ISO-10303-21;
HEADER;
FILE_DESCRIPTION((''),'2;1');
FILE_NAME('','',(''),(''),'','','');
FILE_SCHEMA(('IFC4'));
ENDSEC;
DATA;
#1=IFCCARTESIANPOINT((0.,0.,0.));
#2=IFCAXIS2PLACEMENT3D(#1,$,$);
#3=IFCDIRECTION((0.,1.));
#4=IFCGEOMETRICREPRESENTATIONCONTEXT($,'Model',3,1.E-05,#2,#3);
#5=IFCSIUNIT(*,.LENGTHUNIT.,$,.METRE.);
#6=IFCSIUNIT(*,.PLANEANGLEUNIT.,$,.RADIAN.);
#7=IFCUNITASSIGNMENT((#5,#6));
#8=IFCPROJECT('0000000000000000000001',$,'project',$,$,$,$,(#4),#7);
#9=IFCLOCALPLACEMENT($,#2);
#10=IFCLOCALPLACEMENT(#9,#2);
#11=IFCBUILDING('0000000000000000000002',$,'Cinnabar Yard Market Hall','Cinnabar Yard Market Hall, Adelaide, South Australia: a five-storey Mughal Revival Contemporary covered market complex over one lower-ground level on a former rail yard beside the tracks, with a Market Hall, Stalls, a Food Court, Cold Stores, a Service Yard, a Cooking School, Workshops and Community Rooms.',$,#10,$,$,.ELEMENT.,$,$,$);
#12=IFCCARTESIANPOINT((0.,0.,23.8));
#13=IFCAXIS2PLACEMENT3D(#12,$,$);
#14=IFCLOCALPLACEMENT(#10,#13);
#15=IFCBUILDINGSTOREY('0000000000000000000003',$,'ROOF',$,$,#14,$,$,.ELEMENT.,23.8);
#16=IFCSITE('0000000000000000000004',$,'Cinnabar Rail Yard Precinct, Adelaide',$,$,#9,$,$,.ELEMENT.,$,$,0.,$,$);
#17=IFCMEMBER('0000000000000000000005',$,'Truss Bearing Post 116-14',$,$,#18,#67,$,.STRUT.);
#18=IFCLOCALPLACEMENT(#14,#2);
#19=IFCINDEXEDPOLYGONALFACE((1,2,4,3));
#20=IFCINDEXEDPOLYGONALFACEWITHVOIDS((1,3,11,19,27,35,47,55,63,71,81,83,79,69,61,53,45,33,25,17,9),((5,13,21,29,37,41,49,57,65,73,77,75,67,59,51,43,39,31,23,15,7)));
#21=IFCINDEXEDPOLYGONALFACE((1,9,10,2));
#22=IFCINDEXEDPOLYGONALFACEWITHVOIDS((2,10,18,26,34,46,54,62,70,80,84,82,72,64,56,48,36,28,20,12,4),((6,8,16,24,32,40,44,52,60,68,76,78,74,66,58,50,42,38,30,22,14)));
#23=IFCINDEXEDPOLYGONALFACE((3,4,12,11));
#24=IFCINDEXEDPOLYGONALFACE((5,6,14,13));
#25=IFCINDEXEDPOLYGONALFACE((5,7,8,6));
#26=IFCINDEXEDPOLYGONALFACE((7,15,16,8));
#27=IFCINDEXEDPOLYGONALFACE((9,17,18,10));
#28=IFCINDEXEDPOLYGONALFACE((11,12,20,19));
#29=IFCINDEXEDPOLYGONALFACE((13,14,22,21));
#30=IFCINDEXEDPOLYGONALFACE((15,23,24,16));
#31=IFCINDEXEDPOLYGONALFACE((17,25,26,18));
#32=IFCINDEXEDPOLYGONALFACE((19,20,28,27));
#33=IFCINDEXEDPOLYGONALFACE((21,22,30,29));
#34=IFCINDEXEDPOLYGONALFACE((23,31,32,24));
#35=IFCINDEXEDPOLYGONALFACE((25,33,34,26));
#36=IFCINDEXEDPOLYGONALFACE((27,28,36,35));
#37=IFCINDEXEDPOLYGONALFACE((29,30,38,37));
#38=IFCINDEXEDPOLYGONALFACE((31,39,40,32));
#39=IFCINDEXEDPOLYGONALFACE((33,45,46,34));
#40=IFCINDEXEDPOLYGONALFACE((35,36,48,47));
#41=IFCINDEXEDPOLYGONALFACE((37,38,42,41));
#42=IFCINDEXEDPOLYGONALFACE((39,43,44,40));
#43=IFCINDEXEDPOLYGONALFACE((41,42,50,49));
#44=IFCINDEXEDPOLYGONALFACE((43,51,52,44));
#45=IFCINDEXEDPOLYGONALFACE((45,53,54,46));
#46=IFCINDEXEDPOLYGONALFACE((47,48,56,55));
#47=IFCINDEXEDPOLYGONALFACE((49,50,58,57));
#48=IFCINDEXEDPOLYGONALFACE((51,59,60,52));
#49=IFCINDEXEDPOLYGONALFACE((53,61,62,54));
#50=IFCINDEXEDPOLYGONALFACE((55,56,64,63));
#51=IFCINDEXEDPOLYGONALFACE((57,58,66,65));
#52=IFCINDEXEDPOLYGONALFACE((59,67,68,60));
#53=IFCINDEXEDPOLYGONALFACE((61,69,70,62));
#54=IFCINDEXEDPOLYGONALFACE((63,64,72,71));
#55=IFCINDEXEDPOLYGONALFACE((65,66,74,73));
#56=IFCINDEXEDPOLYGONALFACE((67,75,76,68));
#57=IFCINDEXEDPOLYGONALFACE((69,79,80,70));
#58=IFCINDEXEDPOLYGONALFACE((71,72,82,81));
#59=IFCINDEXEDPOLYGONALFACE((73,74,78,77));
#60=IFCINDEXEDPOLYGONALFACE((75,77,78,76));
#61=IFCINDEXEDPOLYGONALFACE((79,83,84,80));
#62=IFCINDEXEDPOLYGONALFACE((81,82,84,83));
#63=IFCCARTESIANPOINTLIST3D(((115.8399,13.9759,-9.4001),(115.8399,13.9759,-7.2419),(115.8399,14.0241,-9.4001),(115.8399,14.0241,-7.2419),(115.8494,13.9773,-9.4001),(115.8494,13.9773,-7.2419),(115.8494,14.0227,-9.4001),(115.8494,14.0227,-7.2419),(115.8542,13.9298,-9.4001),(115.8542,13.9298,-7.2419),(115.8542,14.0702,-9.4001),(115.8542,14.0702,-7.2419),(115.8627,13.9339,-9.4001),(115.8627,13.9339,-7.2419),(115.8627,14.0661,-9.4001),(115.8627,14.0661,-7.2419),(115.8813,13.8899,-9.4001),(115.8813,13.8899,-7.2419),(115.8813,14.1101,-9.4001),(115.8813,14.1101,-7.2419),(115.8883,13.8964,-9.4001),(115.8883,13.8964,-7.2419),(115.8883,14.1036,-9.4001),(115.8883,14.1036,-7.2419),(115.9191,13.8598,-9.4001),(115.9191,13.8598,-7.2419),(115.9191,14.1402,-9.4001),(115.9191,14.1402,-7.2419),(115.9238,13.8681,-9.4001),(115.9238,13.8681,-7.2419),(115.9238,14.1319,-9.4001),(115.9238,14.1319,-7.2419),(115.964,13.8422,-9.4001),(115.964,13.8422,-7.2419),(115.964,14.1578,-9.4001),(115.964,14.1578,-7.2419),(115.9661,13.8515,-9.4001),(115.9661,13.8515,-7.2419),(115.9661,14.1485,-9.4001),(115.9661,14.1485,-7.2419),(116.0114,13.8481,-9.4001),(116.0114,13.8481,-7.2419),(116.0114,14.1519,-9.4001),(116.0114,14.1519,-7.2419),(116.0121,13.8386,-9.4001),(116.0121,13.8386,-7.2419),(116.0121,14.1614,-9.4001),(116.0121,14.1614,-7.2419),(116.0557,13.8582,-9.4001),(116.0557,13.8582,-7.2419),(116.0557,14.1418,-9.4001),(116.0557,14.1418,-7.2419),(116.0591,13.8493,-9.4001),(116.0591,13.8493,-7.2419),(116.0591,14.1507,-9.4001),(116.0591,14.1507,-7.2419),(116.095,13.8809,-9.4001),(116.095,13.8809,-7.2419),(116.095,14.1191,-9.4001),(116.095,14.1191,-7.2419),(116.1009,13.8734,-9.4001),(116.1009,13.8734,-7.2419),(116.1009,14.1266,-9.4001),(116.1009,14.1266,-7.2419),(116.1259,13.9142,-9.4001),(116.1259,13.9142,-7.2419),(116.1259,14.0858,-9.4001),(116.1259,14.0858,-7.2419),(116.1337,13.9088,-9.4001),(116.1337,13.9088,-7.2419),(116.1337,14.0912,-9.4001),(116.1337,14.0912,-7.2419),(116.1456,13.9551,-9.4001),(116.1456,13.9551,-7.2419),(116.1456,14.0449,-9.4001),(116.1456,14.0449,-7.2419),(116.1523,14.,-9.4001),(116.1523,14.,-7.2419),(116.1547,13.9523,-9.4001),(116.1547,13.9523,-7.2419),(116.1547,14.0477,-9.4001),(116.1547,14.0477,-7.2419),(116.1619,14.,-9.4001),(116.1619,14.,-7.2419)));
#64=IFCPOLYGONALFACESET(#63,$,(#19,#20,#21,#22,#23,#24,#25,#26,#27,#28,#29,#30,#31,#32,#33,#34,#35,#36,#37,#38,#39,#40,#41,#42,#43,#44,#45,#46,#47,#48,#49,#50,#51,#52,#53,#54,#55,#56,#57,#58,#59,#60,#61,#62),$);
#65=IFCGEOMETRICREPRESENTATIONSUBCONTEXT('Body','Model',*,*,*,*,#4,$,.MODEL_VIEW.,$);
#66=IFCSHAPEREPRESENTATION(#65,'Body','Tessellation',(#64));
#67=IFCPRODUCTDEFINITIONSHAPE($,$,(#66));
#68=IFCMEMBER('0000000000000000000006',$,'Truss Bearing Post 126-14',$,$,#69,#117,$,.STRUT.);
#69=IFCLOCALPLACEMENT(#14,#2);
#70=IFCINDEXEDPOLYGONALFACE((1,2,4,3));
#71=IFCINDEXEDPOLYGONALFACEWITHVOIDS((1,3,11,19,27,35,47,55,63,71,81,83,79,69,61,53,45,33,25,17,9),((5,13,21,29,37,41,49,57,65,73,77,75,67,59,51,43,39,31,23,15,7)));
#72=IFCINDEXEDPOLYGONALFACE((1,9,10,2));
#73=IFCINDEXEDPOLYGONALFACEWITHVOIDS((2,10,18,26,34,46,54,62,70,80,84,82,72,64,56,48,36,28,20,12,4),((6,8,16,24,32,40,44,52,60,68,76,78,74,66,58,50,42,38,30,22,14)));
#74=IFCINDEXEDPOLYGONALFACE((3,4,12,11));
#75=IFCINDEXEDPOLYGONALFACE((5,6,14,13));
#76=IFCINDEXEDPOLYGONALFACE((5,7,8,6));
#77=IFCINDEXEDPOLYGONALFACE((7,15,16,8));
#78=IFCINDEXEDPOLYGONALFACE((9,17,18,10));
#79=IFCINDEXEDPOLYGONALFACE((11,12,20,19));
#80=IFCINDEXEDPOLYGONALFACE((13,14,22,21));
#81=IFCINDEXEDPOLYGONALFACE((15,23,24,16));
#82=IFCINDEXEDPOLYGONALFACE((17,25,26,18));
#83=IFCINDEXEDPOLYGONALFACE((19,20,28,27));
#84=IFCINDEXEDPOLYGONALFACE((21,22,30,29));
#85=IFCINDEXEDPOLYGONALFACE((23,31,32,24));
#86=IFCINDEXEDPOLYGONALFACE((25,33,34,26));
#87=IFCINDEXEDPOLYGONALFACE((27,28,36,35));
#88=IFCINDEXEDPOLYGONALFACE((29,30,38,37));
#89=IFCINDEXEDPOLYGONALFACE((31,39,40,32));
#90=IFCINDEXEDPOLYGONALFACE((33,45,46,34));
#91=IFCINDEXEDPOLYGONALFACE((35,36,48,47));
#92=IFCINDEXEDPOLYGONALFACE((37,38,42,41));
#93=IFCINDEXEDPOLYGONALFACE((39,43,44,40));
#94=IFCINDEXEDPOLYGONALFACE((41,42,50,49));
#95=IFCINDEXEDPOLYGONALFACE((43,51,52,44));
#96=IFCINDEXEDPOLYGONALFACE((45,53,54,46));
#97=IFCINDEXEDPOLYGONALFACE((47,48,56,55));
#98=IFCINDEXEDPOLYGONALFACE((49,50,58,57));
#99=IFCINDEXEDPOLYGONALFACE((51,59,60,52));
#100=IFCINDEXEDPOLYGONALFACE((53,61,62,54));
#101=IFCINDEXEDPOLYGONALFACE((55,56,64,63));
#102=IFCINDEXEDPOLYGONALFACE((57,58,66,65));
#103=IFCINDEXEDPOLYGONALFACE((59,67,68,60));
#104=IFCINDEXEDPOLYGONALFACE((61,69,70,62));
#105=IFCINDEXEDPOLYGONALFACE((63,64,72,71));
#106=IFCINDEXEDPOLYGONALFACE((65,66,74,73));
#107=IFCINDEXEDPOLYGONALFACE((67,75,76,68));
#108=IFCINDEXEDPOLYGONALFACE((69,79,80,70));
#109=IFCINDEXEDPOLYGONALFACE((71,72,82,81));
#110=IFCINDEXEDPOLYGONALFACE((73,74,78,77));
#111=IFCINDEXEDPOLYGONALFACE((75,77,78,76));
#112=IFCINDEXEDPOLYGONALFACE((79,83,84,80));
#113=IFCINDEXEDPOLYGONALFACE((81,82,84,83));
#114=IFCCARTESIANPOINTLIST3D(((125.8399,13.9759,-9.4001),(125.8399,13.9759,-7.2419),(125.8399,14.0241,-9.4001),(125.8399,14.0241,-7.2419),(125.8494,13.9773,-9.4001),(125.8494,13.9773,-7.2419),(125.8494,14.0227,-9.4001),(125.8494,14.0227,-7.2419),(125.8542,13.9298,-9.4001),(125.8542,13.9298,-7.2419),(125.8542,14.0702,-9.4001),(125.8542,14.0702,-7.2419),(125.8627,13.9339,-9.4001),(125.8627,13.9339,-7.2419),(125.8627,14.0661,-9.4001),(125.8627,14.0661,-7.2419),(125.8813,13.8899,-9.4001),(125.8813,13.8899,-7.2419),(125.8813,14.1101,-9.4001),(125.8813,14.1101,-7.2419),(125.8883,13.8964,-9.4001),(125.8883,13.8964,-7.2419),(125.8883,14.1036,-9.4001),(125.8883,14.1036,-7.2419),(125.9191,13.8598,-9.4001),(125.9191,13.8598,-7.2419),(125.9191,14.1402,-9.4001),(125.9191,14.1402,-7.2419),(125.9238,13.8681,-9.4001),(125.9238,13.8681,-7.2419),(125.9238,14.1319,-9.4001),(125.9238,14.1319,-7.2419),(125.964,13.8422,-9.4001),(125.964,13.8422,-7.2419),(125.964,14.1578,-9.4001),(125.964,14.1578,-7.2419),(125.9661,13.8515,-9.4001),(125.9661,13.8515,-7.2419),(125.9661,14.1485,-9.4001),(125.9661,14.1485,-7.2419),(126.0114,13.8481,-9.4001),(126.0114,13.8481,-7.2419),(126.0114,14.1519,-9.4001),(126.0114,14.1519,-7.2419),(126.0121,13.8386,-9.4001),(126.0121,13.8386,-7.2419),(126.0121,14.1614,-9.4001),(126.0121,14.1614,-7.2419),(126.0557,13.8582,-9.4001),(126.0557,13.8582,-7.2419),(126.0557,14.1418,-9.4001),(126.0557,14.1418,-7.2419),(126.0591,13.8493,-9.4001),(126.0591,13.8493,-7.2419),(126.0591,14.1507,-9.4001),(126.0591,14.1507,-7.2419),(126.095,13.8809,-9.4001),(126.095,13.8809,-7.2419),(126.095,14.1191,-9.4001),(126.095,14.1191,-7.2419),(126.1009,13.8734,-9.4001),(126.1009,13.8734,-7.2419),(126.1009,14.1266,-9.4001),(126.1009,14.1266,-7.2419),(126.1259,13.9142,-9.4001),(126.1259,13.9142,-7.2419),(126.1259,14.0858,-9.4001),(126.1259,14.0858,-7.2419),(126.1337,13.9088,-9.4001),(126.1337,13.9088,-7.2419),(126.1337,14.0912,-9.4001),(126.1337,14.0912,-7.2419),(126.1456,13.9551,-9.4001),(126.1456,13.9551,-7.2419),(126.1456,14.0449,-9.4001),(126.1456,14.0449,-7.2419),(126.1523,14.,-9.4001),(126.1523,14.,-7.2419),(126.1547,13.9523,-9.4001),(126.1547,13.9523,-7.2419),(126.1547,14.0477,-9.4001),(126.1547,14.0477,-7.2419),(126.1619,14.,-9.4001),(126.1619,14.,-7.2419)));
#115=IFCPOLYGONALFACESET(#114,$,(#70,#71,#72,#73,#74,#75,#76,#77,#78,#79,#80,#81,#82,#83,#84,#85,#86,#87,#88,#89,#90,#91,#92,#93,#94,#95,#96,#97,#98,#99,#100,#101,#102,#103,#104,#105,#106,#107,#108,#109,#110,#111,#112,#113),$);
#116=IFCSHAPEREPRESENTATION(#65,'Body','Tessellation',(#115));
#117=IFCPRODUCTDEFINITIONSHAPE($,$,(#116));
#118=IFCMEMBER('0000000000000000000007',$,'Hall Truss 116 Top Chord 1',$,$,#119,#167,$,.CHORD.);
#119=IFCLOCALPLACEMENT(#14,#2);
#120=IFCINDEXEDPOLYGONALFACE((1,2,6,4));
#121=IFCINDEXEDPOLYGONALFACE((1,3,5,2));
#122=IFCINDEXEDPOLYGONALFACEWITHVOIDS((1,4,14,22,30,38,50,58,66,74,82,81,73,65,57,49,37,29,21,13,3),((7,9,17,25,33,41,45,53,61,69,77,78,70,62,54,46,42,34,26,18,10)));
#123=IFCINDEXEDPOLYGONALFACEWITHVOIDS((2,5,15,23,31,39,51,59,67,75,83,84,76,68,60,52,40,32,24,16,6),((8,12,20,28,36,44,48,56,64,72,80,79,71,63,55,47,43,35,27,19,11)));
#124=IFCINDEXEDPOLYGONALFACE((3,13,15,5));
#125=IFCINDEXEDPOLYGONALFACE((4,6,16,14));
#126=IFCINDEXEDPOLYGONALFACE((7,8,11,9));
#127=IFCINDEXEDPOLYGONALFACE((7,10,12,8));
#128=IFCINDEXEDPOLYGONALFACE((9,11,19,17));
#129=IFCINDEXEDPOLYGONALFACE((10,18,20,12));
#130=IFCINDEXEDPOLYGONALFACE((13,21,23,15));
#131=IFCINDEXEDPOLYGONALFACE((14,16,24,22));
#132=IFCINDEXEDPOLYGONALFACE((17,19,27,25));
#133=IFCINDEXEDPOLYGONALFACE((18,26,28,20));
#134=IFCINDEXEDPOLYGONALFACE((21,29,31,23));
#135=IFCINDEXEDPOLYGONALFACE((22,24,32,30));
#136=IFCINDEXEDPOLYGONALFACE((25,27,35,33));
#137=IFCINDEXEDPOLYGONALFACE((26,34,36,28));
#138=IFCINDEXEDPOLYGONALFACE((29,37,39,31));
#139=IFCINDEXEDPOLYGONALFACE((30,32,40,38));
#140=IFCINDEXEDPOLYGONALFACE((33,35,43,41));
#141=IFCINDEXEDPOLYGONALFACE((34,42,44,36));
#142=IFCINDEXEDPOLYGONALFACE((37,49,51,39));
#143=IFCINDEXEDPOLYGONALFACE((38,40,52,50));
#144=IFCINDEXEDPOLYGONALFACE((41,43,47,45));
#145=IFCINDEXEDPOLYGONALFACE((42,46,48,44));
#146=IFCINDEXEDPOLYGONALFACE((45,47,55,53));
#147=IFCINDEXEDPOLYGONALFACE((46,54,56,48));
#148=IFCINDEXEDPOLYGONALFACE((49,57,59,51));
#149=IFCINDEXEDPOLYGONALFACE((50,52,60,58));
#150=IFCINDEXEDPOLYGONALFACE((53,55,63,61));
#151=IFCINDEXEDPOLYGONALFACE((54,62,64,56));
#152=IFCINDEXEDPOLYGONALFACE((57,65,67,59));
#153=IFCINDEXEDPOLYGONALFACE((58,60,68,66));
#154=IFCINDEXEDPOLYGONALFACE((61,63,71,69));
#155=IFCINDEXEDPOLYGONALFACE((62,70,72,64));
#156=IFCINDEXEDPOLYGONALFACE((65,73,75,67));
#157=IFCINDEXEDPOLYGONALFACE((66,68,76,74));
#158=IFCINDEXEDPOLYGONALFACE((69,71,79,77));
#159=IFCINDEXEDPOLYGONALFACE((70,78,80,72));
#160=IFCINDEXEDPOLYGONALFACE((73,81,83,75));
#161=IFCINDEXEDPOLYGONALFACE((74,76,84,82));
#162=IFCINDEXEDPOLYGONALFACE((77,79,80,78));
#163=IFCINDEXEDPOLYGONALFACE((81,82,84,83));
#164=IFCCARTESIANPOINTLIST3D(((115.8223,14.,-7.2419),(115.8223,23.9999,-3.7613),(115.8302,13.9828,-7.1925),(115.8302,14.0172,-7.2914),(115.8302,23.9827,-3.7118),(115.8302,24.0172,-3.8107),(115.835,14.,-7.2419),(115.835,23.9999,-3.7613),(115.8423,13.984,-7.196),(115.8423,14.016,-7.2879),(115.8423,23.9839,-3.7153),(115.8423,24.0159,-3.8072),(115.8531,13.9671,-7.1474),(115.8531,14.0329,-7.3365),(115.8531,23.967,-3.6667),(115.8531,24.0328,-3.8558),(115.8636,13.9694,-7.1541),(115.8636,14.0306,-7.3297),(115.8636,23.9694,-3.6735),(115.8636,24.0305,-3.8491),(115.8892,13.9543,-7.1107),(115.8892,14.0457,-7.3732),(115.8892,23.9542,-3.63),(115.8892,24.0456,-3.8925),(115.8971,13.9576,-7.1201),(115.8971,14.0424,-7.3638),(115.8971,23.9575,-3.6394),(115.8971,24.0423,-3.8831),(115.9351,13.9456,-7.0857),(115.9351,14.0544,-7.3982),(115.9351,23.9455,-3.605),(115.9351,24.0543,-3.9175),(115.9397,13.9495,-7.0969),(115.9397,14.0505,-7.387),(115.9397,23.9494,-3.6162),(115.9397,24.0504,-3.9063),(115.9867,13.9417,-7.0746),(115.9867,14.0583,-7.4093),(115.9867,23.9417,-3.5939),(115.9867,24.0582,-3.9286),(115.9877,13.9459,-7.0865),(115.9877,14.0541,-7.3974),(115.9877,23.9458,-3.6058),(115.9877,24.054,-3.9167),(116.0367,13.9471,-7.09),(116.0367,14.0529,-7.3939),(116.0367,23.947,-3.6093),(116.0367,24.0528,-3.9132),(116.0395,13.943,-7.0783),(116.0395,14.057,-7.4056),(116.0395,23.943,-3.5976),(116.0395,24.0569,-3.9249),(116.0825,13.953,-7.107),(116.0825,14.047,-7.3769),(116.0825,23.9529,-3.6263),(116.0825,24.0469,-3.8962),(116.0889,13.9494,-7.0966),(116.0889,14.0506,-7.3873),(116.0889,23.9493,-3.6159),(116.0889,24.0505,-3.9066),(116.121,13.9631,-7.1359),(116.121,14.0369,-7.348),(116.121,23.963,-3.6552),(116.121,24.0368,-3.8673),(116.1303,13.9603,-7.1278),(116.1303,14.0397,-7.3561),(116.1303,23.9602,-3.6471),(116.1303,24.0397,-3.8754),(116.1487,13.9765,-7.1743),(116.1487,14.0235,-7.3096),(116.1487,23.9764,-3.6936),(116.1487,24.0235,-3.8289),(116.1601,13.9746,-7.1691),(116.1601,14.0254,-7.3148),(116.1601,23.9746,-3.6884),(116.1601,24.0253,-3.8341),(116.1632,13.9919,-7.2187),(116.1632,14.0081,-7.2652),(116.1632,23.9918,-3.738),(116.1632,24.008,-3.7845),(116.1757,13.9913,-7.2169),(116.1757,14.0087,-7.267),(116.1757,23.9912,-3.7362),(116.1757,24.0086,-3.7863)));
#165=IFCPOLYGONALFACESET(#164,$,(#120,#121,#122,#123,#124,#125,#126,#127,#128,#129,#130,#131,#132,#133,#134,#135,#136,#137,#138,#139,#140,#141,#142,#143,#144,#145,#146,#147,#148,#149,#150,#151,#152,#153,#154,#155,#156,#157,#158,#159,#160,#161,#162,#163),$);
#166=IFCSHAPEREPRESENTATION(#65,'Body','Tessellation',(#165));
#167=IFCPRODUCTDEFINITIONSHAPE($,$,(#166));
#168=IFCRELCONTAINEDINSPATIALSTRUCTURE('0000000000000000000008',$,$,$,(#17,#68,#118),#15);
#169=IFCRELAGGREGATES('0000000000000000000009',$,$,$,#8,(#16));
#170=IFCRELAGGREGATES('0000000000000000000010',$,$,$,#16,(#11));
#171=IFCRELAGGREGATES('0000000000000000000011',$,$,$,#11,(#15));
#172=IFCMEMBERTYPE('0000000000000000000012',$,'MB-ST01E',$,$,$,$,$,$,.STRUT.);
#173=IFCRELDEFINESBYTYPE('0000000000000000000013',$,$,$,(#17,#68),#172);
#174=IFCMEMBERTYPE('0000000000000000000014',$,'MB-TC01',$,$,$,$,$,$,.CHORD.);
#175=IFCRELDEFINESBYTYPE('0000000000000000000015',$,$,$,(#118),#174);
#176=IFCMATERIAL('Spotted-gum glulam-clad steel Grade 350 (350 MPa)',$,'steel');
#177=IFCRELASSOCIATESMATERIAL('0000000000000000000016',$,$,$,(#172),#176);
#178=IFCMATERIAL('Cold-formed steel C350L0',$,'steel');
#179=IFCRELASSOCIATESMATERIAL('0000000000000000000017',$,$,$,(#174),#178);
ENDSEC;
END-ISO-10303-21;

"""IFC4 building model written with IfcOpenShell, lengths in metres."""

from ifc_helpers import new_model, si_unit, direction, frame, origin, origin_2d_with_axis, place, context, subcontext, project, spatial, hollow_circle, extrude, material, material_profile, profile_set, type_object, element, save


model = new_model("IFC4")

# Units and contexts
model_context = context("Model", 3, precision=1e-05, world=origin(), true_north=direction((0.0, 1.0)))
body_context = subcontext(model_context, "Body", "Model", "MODEL_VIEW")
ifc_project = project(units=[si_unit("LENGTHUNIT", "METRE"), si_unit("PLANEANGLEUNIT", "RADIAN")], contexts=[model_context])

# Site, building, storey
site_placement = place(None, origin())
site = spatial("IfcSite", under=ifc_project, at=site_placement, Name="Cinnabar Rail Yard Precinct, Adelaide", CompositionType="ELEMENT", RefElevation=0.0)
building_placement = place(site_placement, origin())
building = spatial("IfcBuilding", under=site, at=building_placement, Name="Cinnabar Yard Market Hall", Description="Cinnabar Yard Market Hall, Adelaide, South Australia: a five-storey Mughal Revival Contemporary covered market complex over one lower-ground level on a former rail yard beside the tracks, with a Market Hall, Stalls, a Food Court, Cold Stores, a Service Yard, a Cooking School, Workshops and Community Rooms.", CompositionType="ELEMENT")
storey_placement = place(building_placement, frame((0.0, 0.0, 23.8)))
storey = spatial("IfcBuildingStorey", under=building, at=storey_placement, Name="ROOF", CompositionType="ELEMENT", Elevation=23.8)

# Shared definitions
ifc_material_1 = material(Name="Cold-formed steel C350L0", Category="steel")

# Members
ifc_material_2 = material(Name="Spotted-gum glulam-clad steel Grade 350 (350 MPa)", Category="steel")
ifc_material_profile_1 = material_profile(ifc_material_2, hollow_circle(Radius=0.1619, WallThickness=0.0095, at=origin_2d_with_axis()), Name="323.9x9.5CHS")
ifc_profile_set_1 = profile_set([ifc_material_profile_1], Name="Spotted-gum glulam-clad steel Grade 350 (350 MPa)")
member_type_1 = type_object("IfcMemberType", Name="MB-ST01E", PredefinedType="STRUT", material=ifc_profile_set_1)
for number, where, z_axis, x_axis, name in (
    (1, (116.0, 14.0, -9.4001), (0.0, 0.0, 1.0), (1.0, 0.0, 0.0), "Truss Bearing Post 116-14"),
    (2, (126.0, 14.0, -9.4001), (0.0, 0.0, 1.0), (1.0, 0.0, 0.0), "Truss Bearing Post 126-14"),
):
    element("IfcMember", number, at=place(storey_placement, frame(where, z_axis=z_axis, x_axis=x_axis)), inside=storey, type_object=member_type_1, Name=name, PredefinedType="STRUT", context=body_context, shape_type="SweptSolid", body=[
        extrude(hollow_circle(Radius=0.1619, WallThickness=0.0095, at=origin_2d_with_axis()), origin(), (0.0, 0.0, 1.0), 2.1582),
    ])
ifc_material_profile_2 = material_profile(ifc_material_1, hollow_circle(Radius=0.1777, WallThickness=0.0127, at=origin_2d_with_axis()), Name="355.6x12.7CHS")
ifc_profile_set_2 = profile_set([ifc_material_profile_2], Name="Cold-formed steel C350L0")
member_type_2 = type_object("IfcMemberType", Name="MB-TC01", PredefinedType="CHORD", material=ifc_profile_set_2)
for number, where, z_axis, x_axis, name in (
    (3, (116.0, 14.0, -7.2419), (0.0, 0.944425, 0.328727), (-1.0, 0.0, 0.0), "Hall Truss 116 Top Chord 1"),
):
    element("IfcMember", number, at=place(storey_placement, frame(where, z_axis=z_axis, x_axis=x_axis)), inside=storey, type_object=member_type_2, Name=name, PredefinedType="CHORD", context=body_context, shape_type="SweptSolid", body=[
        extrude(hollow_circle(Radius=0.1777, WallThickness=0.0127, at=origin_2d_with_axis()), origin(), (0.0, 0.0, 1.0), 10.5884),
    ])

save(model, "model.ifc")
